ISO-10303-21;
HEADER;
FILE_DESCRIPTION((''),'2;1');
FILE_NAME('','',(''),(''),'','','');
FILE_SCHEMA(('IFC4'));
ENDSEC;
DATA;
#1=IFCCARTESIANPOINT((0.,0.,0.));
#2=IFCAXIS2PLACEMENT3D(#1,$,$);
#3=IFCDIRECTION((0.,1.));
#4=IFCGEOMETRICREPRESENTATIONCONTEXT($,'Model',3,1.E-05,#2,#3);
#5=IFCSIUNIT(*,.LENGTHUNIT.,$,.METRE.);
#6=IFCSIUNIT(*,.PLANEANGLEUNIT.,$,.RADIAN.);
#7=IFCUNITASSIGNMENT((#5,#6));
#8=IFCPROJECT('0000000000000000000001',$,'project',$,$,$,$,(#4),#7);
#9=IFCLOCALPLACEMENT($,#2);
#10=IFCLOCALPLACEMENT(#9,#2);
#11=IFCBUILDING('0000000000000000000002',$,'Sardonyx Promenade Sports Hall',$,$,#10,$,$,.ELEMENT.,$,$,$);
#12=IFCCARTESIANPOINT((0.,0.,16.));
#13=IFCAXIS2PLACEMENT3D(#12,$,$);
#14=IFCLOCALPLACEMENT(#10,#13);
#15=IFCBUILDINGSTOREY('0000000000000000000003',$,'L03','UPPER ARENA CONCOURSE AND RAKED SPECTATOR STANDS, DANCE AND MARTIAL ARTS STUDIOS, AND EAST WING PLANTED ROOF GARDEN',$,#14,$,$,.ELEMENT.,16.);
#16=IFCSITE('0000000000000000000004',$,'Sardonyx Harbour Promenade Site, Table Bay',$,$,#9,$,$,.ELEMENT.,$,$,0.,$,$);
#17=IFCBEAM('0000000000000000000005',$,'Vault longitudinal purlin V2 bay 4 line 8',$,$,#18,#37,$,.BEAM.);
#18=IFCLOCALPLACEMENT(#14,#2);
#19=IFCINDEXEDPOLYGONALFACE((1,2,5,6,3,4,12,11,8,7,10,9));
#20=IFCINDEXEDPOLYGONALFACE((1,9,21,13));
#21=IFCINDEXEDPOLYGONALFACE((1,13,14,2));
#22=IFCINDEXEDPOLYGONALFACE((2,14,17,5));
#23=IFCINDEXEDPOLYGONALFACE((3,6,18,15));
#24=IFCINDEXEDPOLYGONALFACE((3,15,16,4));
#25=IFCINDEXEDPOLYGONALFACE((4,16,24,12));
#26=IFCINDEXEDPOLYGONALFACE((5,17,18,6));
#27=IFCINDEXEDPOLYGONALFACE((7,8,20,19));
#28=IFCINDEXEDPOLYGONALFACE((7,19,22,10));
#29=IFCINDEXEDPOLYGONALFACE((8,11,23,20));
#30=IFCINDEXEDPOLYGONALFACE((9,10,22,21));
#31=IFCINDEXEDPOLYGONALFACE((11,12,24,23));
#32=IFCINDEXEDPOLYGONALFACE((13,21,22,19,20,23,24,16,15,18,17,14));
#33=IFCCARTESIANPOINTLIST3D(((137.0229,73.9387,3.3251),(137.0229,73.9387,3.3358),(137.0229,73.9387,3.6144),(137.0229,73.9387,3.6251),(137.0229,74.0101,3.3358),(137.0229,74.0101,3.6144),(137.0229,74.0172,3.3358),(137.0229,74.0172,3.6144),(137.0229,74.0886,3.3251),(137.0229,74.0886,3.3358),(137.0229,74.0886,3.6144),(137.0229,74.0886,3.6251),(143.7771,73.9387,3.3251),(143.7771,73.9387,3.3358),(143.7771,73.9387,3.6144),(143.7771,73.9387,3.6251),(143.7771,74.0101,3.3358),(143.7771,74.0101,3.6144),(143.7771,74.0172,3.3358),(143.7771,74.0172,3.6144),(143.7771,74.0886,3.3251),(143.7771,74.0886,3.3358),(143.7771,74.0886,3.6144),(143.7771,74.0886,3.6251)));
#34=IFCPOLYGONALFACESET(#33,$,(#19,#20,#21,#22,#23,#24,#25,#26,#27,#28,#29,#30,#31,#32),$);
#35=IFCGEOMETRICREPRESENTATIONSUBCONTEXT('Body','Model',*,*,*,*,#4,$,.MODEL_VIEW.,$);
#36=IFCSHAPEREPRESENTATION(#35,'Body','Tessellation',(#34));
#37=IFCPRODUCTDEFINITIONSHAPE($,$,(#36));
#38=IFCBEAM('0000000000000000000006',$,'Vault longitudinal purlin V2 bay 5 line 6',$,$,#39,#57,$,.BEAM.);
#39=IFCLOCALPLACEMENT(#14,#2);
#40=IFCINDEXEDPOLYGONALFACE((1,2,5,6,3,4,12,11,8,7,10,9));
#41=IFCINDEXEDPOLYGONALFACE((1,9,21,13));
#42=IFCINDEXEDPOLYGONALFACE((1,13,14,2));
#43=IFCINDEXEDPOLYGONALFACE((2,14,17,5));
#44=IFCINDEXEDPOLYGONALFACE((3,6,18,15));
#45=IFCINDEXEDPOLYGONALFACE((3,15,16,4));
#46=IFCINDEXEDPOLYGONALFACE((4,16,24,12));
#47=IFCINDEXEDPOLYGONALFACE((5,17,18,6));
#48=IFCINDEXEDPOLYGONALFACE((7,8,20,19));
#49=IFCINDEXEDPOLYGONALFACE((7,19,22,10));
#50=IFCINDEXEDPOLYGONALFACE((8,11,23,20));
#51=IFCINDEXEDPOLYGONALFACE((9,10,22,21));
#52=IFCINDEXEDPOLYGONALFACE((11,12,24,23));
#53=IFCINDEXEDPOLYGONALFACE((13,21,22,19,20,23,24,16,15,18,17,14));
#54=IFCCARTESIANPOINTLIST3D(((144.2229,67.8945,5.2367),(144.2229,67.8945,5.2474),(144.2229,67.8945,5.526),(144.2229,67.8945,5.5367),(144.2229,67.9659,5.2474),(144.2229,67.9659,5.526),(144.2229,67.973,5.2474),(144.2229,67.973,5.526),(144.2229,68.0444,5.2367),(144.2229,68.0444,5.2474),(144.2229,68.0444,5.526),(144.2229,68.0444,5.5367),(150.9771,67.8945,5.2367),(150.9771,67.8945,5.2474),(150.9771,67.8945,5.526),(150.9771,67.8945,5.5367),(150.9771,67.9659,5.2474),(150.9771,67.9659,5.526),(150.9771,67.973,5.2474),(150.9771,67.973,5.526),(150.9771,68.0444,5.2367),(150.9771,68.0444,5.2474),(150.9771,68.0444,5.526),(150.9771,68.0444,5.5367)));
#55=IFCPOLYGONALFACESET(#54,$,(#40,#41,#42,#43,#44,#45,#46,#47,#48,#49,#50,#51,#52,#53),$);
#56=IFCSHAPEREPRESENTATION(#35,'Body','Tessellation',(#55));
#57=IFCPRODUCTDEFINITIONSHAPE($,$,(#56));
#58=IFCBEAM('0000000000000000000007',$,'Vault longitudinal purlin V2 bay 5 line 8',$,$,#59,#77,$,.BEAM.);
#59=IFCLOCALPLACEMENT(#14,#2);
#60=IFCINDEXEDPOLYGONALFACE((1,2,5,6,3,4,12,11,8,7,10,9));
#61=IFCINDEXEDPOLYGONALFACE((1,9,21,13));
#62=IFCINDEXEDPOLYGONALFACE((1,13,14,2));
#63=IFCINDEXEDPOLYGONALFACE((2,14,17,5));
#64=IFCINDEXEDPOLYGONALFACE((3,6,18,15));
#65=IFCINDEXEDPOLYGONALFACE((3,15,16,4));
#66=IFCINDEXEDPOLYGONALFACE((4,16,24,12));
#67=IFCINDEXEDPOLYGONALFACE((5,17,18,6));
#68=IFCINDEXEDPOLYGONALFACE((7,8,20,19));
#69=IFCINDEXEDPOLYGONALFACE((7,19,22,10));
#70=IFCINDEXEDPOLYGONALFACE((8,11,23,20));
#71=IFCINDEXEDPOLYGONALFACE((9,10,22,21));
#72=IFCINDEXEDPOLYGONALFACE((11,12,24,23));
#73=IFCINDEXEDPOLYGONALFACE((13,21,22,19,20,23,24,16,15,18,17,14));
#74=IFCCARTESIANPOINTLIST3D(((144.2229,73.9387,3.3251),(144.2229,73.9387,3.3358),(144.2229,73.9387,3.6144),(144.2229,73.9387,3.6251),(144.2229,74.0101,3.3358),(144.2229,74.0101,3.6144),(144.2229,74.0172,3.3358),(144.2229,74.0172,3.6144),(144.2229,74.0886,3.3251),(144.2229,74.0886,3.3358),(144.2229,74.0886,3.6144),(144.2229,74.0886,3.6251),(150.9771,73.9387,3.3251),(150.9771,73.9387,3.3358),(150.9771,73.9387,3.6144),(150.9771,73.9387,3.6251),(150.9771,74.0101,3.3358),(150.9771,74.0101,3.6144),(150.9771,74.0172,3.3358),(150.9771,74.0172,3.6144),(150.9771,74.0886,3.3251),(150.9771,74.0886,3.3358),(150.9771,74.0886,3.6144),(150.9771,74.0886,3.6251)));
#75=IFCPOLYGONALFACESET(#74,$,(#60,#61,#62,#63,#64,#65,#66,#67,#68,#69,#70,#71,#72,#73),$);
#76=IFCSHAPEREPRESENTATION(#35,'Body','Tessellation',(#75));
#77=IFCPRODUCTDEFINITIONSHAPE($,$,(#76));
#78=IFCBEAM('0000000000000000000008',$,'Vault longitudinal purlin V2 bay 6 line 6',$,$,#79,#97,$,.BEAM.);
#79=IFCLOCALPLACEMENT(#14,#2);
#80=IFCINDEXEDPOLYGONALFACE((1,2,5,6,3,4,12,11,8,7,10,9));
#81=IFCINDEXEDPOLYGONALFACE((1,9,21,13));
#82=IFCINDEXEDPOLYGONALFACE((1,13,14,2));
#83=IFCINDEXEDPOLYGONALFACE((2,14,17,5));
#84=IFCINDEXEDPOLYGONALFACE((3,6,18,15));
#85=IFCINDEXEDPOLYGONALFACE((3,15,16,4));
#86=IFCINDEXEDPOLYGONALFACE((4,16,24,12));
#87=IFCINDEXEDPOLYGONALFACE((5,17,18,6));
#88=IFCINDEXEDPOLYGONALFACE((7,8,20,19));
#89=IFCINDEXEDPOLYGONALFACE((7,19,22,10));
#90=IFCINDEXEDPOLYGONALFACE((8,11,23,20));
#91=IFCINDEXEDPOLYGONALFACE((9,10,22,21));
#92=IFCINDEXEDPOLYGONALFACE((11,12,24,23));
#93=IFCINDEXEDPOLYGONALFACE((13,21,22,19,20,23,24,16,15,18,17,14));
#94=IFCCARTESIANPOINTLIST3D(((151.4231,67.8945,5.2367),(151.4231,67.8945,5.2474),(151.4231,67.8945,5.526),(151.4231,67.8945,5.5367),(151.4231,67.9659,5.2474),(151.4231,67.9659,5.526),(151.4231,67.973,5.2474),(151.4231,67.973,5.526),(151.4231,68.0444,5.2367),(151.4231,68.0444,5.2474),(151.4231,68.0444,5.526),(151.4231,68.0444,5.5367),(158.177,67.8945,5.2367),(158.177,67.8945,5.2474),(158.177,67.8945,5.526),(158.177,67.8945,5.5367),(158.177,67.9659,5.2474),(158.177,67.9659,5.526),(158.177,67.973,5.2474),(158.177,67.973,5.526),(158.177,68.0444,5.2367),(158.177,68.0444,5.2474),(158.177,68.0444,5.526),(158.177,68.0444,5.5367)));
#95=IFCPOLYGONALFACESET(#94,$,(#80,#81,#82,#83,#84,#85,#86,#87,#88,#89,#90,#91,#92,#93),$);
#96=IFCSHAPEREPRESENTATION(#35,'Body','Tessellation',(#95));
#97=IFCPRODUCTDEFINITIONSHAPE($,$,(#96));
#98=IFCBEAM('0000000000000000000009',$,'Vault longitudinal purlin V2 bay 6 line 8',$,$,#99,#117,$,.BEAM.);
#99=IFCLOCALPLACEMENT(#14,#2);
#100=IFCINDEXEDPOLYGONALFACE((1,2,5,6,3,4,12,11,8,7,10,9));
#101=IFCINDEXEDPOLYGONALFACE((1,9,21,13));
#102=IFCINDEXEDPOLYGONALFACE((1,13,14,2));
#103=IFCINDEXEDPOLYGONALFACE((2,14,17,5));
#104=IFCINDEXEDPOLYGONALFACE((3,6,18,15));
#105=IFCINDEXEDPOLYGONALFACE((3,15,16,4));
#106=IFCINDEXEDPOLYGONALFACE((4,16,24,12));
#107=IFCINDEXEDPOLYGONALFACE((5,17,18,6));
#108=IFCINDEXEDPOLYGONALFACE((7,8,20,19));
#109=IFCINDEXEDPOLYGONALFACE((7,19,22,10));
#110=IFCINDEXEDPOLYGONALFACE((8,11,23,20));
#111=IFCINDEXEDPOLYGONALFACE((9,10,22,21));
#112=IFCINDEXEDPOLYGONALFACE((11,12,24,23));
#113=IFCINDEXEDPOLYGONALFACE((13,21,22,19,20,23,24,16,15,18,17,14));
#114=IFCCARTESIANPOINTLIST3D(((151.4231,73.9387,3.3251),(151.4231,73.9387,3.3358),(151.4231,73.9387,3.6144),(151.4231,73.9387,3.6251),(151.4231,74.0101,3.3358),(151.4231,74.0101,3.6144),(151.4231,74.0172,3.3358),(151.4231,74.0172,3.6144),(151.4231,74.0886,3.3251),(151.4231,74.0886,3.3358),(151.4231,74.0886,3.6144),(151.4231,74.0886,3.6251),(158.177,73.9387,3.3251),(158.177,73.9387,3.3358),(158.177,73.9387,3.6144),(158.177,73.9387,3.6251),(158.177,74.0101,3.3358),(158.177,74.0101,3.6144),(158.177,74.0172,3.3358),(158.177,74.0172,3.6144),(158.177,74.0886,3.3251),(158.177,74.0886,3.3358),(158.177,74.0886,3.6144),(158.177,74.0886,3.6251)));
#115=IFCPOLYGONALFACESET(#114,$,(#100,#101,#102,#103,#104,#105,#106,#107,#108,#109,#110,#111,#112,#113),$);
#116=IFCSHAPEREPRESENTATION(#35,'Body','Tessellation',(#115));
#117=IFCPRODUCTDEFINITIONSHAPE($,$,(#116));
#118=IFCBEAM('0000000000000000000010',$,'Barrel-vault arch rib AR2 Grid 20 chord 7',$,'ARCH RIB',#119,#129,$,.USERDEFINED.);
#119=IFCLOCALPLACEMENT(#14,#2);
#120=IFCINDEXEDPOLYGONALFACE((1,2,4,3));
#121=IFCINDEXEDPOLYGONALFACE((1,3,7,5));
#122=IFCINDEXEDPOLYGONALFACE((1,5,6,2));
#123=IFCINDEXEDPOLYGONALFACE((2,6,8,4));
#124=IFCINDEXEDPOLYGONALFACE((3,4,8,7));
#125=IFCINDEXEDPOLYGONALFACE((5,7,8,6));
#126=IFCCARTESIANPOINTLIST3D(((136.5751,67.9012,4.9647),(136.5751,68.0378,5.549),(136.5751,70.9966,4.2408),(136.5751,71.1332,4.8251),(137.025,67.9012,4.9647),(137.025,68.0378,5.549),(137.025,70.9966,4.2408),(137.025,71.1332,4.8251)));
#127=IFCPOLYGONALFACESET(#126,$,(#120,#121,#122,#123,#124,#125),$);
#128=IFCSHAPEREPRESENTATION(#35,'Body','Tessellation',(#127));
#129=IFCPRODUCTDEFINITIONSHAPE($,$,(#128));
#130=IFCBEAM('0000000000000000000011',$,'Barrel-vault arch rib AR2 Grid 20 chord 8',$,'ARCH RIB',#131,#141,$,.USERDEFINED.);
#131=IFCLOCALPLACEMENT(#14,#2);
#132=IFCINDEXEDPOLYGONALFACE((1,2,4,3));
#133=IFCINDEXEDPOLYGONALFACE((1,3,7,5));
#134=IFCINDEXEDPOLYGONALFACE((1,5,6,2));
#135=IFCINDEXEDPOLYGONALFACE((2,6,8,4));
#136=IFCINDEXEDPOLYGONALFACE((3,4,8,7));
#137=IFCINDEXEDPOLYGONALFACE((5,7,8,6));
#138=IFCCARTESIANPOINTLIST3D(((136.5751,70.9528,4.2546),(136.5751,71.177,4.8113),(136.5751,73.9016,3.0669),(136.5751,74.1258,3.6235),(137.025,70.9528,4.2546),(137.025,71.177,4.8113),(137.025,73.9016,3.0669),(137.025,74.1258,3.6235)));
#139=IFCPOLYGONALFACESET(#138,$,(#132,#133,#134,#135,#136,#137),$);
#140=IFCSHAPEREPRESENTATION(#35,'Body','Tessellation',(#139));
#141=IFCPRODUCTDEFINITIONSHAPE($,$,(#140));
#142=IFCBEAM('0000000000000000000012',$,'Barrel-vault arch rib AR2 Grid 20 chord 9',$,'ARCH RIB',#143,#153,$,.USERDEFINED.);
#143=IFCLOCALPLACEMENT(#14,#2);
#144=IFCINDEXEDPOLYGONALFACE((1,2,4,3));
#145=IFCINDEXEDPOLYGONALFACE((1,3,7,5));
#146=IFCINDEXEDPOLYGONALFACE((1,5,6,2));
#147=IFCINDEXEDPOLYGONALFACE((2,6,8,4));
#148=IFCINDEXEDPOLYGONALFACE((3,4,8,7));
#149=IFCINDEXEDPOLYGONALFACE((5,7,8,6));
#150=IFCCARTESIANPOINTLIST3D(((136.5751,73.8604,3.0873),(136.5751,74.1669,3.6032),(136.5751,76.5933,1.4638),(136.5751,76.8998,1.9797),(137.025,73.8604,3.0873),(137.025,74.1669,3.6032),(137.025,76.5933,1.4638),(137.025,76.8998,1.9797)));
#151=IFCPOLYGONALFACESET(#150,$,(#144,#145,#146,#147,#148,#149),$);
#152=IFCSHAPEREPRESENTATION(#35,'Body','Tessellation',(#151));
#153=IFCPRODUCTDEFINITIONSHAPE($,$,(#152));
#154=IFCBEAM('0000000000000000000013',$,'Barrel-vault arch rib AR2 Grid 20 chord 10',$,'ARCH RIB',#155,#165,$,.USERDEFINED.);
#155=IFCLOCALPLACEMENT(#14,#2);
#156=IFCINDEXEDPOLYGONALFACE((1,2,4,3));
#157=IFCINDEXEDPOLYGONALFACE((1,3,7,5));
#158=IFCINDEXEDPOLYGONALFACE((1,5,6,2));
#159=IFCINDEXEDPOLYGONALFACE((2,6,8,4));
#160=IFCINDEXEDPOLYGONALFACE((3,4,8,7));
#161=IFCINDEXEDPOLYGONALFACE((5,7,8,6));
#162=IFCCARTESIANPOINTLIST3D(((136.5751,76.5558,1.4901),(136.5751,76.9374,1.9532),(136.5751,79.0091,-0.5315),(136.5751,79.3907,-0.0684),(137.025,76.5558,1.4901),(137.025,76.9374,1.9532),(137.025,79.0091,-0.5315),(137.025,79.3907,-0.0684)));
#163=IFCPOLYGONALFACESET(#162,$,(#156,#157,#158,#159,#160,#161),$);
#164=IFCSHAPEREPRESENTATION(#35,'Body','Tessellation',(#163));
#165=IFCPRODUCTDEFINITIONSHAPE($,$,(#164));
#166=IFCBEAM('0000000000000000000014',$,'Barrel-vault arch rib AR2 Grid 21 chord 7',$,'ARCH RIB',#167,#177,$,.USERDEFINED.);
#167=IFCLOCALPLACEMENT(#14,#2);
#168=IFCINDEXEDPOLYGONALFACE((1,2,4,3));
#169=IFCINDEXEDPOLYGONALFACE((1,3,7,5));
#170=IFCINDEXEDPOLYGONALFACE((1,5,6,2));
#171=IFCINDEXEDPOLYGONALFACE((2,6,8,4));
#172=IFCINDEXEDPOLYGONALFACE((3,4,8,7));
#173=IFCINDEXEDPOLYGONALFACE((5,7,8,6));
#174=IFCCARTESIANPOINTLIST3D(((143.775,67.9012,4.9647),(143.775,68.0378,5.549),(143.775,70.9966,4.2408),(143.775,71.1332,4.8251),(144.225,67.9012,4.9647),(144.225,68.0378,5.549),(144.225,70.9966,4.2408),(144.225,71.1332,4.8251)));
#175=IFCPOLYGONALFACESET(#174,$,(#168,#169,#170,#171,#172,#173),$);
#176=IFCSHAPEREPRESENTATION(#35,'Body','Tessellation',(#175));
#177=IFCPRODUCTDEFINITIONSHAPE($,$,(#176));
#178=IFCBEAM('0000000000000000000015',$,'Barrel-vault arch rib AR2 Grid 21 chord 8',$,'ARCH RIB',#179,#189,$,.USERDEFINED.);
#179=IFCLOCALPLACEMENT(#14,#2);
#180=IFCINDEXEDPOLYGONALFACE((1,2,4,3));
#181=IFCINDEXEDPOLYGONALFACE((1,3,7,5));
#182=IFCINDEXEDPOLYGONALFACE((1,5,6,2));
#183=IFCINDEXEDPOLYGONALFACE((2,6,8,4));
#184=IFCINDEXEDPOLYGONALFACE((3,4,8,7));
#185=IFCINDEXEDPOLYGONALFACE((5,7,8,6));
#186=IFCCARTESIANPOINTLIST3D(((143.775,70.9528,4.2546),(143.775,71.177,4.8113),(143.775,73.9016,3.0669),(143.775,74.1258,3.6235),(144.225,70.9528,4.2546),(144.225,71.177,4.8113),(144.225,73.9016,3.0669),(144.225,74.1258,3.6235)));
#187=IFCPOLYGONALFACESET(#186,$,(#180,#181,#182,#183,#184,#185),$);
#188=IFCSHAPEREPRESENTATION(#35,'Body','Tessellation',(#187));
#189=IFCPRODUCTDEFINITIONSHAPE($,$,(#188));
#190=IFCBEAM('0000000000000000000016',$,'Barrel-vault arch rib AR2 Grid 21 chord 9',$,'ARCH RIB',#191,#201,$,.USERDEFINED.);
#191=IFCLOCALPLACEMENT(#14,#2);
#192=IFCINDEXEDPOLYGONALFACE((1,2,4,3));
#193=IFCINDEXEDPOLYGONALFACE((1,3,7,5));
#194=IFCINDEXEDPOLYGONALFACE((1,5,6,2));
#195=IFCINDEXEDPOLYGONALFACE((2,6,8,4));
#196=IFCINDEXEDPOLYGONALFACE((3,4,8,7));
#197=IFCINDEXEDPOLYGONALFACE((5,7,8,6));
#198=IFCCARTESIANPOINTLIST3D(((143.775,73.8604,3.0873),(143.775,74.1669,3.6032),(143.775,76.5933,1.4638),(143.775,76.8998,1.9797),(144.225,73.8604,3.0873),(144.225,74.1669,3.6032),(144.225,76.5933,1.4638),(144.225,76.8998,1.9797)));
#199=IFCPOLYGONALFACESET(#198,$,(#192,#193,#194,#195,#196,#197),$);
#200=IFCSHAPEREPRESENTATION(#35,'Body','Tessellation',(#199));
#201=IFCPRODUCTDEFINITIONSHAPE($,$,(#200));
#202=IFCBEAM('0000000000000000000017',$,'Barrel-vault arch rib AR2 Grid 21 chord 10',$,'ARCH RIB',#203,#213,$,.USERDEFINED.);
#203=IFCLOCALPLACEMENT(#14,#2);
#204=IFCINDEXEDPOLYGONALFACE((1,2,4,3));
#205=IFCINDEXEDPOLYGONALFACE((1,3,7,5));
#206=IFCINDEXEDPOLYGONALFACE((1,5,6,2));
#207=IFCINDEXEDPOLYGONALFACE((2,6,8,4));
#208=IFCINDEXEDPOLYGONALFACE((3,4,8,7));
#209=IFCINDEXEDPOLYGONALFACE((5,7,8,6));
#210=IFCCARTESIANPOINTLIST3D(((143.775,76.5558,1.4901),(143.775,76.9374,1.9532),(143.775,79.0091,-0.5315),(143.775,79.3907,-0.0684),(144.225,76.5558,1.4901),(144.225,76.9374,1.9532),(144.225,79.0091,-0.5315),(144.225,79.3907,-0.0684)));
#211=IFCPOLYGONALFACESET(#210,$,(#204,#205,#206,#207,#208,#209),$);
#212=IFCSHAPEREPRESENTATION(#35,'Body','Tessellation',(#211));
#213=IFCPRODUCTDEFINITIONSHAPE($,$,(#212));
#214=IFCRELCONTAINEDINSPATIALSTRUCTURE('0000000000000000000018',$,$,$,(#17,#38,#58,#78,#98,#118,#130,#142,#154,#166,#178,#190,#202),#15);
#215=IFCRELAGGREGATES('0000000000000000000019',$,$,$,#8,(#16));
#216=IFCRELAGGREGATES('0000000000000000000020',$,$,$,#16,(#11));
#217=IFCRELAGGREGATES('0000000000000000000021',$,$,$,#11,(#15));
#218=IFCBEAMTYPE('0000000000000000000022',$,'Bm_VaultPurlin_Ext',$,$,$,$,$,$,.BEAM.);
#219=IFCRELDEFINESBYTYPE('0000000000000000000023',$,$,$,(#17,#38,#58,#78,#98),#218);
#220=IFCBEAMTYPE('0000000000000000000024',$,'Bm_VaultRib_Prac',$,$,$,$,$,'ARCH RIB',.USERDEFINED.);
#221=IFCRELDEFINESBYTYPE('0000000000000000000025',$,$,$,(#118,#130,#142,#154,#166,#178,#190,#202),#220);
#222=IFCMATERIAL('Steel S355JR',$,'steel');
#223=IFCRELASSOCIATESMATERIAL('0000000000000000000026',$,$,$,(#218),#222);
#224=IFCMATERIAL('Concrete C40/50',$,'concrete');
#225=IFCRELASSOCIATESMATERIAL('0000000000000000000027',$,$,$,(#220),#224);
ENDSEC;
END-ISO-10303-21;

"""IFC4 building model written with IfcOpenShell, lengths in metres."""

from ifc_helpers import new_model, si_unit, direction, frame, origin, origin_2d, place, context, subcontext, project, spatial, rectangle, i_section, extrude, material, material_profile, profile_set, type_object, element, save


model = new_model("IFC4")

# Units and contexts
model_context = context("Model", 3, precision=1e-05, world=origin(), true_north=direction((0.0, 1.0)))
body_context = subcontext(model_context, "Body", "Model", "MODEL_VIEW")
ifc_project = project(units=[si_unit("LENGTHUNIT", "METRE"), si_unit("PLANEANGLEUNIT", "RADIAN")], contexts=[model_context])

# Site, building, storey
site_placement = place(None, origin())
site = spatial("IfcSite", under=ifc_project, at=site_placement, Name="Sardonyx Harbour Promenade Site, Table Bay", CompositionType="ELEMENT", RefElevation=0.0)
building_placement = place(site_placement, origin())
building = spatial("IfcBuilding", under=site, at=building_placement, Name="Sardonyx Promenade Sports Hall", CompositionType="ELEMENT")
storey_placement = place(building_placement, frame((0.0, 0.0, 16.0)))
storey = spatial("IfcBuildingStorey", under=building, at=storey_placement, Name="L03", Description="UPPER ARENA CONCOURSE AND RAKED SPECTATOR STANDS, DANCE AND MARTIAL ARTS STUDIOS, AND EAST WING PLANTED ROOF GARDEN", CompositionType="ELEMENT", Elevation=16.0)

# Beams
ifc_material_1 = material(Name="Steel S355JR", Category="steel")
ifc_material_profile_1 = material_profile(ifc_material_1, i_section(OverallWidth=0.1499, OverallDepth=0.3, WebThickness=0.0071, FlangeThickness=0.0107, at=origin_2d()))
ifc_profile_set_1 = profile_set([ifc_material_profile_1], Name="Steel S355JR")
beam_type_1 = type_object("IfcBeamType", Name="Bm_VaultPurlin_Ext", PredefinedType="BEAM", material=ifc_profile_set_1)
for number, where, z_axis, x_axis, name in (
    (1, (137.0229, 74.0137, 3.4751), (1.0, 0.0, 0.0), (0.0, 1.0, 0.0), "Vault longitudinal purlin V2 bay 4 line 8"),
    (2, (144.2229, 67.9695, 5.3867), (1.0, 0.0, 0.0), (0.0, 1.0, 0.0), "Vault longitudinal purlin V2 bay 5 line 6"),
    (3, (144.2229, 74.0137, 3.4751), (1.0, 0.0, 0.0), (0.0, 1.0, 0.0), "Vault longitudinal purlin V2 bay 5 line 8"),
):
    element("IfcBeam", number, at=place(storey_placement, frame(where, z_axis=z_axis, x_axis=x_axis)), inside=storey, type_object=beam_type_1, Name=name, PredefinedType="BEAM", context=body_context, shape_type="SweptSolid", body=[
        extrude(i_section(OverallWidth=0.1499, OverallDepth=0.3, WebThickness=0.0071, FlangeThickness=0.0107, at=origin_2d()), origin(), (0.0, 0.0, 1.0), 6.7542),
    ])
for number, where, z_axis, x_axis, name in (
    (4, (151.4231, 67.9695, 5.3867), (1.0, 0.0, 0.0), (0.0, 1.0, 0.0), "Vault longitudinal purlin V2 bay 6 line 6"),
    (5, (151.4231, 74.0137, 3.4751), (1.0, 0.0, 0.0), (0.0, 1.0, 0.0), "Vault longitudinal purlin V2 bay 6 line 8"),
):
    element("IfcBeam", number, at=place(storey_placement, frame(where, z_axis=z_axis, x_axis=x_axis)), inside=storey, type_object=beam_type_1, Name=name, PredefinedType="BEAM", context=body_context, shape_type="SweptSolid", body=[
        extrude(i_section(OverallWidth=0.1499, OverallDepth=0.3, WebThickness=0.0071, FlangeThickness=0.0107, at=origin_2d()), origin(), (0.0, 0.0, 1.0), 6.7539),
    ])
ifc_material_2 = material(Name="Concrete C40/50", Category="concrete")
ifc_material_profile_2 = material_profile(ifc_material_2, rectangle(XDim=0.45, YDim=0.6001, at=origin_2d()))
ifc_profile_set_2 = profile_set([ifc_material_profile_2], Name="Concrete C40/50")
beam_type_2 = type_object("IfcBeamType", Name="Bm_VaultRib_Prac", ElementType="ARCH RIB", PredefinedType="USERDEFINED", material=ifc_profile_set_2)
for number, where, z_axis, x_axis, name in (
    (6, (136.8, 67.9695, 5.2568), (0.0, 0.973729, -0.227708), (-1.0, 0.0, 0.0), "Barrel-vault arch rib AR2 Grid 20 chord 7"),
    (7, (136.8, 71.0649, 4.533), (0.0, 0.927579, -0.373627), (-1.0, 0.0, 0.0), "Barrel-vault arch rib AR2 Grid 20 chord 8"),
):
    element("IfcBeam", number, at=place(storey_placement, frame(where, z_axis=z_axis, x_axis=x_axis)), inside=storey, type_object=beam_type_2, Name=name, ObjectType="ARCH RIB", PredefinedType="USERDEFINED", context=body_context, shape_type="SweptSolid", body=[
        extrude(rectangle(XDim=0.45, YDim=0.6001, at=origin_2d()), origin(), (0.0, 0.0, 1.0), 3.179),
    ])
beam_1_placement = place(storey_placement, frame((136.8, 74.0137, 3.3452), z_axis=(0.0, 0.859735, -0.510741), x_axis=(-1.0, 0.0, 0.0)))
element("IfcBeam", 8, at=beam_1_placement, inside=storey, type_object=beam_type_2, Name="Barrel-vault arch rib AR2 Grid 20 chord 9", ObjectType="ARCH RIB", PredefinedType="USERDEFINED", context=body_context, shape_type="SweptSolid", body=[
    extrude(rectangle(XDim=0.45, YDim=0.6001, at=origin_2d()), origin(), (0.0, 0.0, 1.0), 3.1787),
])
for number, where, z_axis, x_axis, name in (
    (9, (136.8, 76.7466, 1.7217), (0.0, 0.771728, -0.635952), (-1.0, 0.0, 0.0), "Barrel-vault arch rib AR2 Grid 20 chord 10"),
    (10, (144.0, 67.9695, 5.2568), (0.0, 0.973729, -0.227708), (-1.0, 0.0, 0.0), "Barrel-vault arch rib AR2 Grid 21 chord 7"),
    (11, (144.0, 71.0649, 4.533), (0.0, 0.927579, -0.373627), (-1.0, 0.0, 0.0), "Barrel-vault arch rib AR2 Grid 21 chord 8"),
):
    element("IfcBeam", number, at=place(storey_placement, frame(where, z_axis=z_axis, x_axis=x_axis)), inside=storey, type_object=beam_type_2, Name=name, ObjectType="ARCH RIB", PredefinedType="USERDEFINED", context=body_context, shape_type="SweptSolid", body=[
        extrude(rectangle(XDim=0.45, YDim=0.6001, at=origin_2d()), origin(), (0.0, 0.0, 1.0), 3.179),
    ])
beam_2_placement = place(storey_placement, frame((144.0, 74.0137, 3.3452), z_axis=(0.0, 0.859735, -0.510741), x_axis=(-1.0, 0.0, 0.0)))
element("IfcBeam", 12, at=beam_2_placement, inside=storey, type_object=beam_type_2, Name="Barrel-vault arch rib AR2 Grid 21 chord 9", ObjectType="ARCH RIB", PredefinedType="USERDEFINED", context=body_context, shape_type="SweptSolid", body=[
    extrude(rectangle(XDim=0.45, YDim=0.6001, at=origin_2d()), origin(), (0.0, 0.0, 1.0), 3.1787),
])
for number, where, z_axis, x_axis, name in (
    (13, (144.0, 76.7466, 1.7217), (0.0, 0.771728, -0.635952), (-1.0, 0.0, 0.0), "Barrel-vault arch rib AR2 Grid 21 chord 10"),
):
    element("IfcBeam", number, at=place(storey_placement, frame(where, z_axis=z_axis, x_axis=x_axis)), inside=storey, type_object=beam_type_2, Name=name, ObjectType="ARCH RIB", PredefinedType="USERDEFINED", context=body_context, shape_type="SweptSolid", body=[
        extrude(rectangle(XDim=0.45, YDim=0.6001, at=origin_2d()), origin(), (0.0, 0.0, 1.0), 3.179),
    ])

save(model, "model.ifc")
